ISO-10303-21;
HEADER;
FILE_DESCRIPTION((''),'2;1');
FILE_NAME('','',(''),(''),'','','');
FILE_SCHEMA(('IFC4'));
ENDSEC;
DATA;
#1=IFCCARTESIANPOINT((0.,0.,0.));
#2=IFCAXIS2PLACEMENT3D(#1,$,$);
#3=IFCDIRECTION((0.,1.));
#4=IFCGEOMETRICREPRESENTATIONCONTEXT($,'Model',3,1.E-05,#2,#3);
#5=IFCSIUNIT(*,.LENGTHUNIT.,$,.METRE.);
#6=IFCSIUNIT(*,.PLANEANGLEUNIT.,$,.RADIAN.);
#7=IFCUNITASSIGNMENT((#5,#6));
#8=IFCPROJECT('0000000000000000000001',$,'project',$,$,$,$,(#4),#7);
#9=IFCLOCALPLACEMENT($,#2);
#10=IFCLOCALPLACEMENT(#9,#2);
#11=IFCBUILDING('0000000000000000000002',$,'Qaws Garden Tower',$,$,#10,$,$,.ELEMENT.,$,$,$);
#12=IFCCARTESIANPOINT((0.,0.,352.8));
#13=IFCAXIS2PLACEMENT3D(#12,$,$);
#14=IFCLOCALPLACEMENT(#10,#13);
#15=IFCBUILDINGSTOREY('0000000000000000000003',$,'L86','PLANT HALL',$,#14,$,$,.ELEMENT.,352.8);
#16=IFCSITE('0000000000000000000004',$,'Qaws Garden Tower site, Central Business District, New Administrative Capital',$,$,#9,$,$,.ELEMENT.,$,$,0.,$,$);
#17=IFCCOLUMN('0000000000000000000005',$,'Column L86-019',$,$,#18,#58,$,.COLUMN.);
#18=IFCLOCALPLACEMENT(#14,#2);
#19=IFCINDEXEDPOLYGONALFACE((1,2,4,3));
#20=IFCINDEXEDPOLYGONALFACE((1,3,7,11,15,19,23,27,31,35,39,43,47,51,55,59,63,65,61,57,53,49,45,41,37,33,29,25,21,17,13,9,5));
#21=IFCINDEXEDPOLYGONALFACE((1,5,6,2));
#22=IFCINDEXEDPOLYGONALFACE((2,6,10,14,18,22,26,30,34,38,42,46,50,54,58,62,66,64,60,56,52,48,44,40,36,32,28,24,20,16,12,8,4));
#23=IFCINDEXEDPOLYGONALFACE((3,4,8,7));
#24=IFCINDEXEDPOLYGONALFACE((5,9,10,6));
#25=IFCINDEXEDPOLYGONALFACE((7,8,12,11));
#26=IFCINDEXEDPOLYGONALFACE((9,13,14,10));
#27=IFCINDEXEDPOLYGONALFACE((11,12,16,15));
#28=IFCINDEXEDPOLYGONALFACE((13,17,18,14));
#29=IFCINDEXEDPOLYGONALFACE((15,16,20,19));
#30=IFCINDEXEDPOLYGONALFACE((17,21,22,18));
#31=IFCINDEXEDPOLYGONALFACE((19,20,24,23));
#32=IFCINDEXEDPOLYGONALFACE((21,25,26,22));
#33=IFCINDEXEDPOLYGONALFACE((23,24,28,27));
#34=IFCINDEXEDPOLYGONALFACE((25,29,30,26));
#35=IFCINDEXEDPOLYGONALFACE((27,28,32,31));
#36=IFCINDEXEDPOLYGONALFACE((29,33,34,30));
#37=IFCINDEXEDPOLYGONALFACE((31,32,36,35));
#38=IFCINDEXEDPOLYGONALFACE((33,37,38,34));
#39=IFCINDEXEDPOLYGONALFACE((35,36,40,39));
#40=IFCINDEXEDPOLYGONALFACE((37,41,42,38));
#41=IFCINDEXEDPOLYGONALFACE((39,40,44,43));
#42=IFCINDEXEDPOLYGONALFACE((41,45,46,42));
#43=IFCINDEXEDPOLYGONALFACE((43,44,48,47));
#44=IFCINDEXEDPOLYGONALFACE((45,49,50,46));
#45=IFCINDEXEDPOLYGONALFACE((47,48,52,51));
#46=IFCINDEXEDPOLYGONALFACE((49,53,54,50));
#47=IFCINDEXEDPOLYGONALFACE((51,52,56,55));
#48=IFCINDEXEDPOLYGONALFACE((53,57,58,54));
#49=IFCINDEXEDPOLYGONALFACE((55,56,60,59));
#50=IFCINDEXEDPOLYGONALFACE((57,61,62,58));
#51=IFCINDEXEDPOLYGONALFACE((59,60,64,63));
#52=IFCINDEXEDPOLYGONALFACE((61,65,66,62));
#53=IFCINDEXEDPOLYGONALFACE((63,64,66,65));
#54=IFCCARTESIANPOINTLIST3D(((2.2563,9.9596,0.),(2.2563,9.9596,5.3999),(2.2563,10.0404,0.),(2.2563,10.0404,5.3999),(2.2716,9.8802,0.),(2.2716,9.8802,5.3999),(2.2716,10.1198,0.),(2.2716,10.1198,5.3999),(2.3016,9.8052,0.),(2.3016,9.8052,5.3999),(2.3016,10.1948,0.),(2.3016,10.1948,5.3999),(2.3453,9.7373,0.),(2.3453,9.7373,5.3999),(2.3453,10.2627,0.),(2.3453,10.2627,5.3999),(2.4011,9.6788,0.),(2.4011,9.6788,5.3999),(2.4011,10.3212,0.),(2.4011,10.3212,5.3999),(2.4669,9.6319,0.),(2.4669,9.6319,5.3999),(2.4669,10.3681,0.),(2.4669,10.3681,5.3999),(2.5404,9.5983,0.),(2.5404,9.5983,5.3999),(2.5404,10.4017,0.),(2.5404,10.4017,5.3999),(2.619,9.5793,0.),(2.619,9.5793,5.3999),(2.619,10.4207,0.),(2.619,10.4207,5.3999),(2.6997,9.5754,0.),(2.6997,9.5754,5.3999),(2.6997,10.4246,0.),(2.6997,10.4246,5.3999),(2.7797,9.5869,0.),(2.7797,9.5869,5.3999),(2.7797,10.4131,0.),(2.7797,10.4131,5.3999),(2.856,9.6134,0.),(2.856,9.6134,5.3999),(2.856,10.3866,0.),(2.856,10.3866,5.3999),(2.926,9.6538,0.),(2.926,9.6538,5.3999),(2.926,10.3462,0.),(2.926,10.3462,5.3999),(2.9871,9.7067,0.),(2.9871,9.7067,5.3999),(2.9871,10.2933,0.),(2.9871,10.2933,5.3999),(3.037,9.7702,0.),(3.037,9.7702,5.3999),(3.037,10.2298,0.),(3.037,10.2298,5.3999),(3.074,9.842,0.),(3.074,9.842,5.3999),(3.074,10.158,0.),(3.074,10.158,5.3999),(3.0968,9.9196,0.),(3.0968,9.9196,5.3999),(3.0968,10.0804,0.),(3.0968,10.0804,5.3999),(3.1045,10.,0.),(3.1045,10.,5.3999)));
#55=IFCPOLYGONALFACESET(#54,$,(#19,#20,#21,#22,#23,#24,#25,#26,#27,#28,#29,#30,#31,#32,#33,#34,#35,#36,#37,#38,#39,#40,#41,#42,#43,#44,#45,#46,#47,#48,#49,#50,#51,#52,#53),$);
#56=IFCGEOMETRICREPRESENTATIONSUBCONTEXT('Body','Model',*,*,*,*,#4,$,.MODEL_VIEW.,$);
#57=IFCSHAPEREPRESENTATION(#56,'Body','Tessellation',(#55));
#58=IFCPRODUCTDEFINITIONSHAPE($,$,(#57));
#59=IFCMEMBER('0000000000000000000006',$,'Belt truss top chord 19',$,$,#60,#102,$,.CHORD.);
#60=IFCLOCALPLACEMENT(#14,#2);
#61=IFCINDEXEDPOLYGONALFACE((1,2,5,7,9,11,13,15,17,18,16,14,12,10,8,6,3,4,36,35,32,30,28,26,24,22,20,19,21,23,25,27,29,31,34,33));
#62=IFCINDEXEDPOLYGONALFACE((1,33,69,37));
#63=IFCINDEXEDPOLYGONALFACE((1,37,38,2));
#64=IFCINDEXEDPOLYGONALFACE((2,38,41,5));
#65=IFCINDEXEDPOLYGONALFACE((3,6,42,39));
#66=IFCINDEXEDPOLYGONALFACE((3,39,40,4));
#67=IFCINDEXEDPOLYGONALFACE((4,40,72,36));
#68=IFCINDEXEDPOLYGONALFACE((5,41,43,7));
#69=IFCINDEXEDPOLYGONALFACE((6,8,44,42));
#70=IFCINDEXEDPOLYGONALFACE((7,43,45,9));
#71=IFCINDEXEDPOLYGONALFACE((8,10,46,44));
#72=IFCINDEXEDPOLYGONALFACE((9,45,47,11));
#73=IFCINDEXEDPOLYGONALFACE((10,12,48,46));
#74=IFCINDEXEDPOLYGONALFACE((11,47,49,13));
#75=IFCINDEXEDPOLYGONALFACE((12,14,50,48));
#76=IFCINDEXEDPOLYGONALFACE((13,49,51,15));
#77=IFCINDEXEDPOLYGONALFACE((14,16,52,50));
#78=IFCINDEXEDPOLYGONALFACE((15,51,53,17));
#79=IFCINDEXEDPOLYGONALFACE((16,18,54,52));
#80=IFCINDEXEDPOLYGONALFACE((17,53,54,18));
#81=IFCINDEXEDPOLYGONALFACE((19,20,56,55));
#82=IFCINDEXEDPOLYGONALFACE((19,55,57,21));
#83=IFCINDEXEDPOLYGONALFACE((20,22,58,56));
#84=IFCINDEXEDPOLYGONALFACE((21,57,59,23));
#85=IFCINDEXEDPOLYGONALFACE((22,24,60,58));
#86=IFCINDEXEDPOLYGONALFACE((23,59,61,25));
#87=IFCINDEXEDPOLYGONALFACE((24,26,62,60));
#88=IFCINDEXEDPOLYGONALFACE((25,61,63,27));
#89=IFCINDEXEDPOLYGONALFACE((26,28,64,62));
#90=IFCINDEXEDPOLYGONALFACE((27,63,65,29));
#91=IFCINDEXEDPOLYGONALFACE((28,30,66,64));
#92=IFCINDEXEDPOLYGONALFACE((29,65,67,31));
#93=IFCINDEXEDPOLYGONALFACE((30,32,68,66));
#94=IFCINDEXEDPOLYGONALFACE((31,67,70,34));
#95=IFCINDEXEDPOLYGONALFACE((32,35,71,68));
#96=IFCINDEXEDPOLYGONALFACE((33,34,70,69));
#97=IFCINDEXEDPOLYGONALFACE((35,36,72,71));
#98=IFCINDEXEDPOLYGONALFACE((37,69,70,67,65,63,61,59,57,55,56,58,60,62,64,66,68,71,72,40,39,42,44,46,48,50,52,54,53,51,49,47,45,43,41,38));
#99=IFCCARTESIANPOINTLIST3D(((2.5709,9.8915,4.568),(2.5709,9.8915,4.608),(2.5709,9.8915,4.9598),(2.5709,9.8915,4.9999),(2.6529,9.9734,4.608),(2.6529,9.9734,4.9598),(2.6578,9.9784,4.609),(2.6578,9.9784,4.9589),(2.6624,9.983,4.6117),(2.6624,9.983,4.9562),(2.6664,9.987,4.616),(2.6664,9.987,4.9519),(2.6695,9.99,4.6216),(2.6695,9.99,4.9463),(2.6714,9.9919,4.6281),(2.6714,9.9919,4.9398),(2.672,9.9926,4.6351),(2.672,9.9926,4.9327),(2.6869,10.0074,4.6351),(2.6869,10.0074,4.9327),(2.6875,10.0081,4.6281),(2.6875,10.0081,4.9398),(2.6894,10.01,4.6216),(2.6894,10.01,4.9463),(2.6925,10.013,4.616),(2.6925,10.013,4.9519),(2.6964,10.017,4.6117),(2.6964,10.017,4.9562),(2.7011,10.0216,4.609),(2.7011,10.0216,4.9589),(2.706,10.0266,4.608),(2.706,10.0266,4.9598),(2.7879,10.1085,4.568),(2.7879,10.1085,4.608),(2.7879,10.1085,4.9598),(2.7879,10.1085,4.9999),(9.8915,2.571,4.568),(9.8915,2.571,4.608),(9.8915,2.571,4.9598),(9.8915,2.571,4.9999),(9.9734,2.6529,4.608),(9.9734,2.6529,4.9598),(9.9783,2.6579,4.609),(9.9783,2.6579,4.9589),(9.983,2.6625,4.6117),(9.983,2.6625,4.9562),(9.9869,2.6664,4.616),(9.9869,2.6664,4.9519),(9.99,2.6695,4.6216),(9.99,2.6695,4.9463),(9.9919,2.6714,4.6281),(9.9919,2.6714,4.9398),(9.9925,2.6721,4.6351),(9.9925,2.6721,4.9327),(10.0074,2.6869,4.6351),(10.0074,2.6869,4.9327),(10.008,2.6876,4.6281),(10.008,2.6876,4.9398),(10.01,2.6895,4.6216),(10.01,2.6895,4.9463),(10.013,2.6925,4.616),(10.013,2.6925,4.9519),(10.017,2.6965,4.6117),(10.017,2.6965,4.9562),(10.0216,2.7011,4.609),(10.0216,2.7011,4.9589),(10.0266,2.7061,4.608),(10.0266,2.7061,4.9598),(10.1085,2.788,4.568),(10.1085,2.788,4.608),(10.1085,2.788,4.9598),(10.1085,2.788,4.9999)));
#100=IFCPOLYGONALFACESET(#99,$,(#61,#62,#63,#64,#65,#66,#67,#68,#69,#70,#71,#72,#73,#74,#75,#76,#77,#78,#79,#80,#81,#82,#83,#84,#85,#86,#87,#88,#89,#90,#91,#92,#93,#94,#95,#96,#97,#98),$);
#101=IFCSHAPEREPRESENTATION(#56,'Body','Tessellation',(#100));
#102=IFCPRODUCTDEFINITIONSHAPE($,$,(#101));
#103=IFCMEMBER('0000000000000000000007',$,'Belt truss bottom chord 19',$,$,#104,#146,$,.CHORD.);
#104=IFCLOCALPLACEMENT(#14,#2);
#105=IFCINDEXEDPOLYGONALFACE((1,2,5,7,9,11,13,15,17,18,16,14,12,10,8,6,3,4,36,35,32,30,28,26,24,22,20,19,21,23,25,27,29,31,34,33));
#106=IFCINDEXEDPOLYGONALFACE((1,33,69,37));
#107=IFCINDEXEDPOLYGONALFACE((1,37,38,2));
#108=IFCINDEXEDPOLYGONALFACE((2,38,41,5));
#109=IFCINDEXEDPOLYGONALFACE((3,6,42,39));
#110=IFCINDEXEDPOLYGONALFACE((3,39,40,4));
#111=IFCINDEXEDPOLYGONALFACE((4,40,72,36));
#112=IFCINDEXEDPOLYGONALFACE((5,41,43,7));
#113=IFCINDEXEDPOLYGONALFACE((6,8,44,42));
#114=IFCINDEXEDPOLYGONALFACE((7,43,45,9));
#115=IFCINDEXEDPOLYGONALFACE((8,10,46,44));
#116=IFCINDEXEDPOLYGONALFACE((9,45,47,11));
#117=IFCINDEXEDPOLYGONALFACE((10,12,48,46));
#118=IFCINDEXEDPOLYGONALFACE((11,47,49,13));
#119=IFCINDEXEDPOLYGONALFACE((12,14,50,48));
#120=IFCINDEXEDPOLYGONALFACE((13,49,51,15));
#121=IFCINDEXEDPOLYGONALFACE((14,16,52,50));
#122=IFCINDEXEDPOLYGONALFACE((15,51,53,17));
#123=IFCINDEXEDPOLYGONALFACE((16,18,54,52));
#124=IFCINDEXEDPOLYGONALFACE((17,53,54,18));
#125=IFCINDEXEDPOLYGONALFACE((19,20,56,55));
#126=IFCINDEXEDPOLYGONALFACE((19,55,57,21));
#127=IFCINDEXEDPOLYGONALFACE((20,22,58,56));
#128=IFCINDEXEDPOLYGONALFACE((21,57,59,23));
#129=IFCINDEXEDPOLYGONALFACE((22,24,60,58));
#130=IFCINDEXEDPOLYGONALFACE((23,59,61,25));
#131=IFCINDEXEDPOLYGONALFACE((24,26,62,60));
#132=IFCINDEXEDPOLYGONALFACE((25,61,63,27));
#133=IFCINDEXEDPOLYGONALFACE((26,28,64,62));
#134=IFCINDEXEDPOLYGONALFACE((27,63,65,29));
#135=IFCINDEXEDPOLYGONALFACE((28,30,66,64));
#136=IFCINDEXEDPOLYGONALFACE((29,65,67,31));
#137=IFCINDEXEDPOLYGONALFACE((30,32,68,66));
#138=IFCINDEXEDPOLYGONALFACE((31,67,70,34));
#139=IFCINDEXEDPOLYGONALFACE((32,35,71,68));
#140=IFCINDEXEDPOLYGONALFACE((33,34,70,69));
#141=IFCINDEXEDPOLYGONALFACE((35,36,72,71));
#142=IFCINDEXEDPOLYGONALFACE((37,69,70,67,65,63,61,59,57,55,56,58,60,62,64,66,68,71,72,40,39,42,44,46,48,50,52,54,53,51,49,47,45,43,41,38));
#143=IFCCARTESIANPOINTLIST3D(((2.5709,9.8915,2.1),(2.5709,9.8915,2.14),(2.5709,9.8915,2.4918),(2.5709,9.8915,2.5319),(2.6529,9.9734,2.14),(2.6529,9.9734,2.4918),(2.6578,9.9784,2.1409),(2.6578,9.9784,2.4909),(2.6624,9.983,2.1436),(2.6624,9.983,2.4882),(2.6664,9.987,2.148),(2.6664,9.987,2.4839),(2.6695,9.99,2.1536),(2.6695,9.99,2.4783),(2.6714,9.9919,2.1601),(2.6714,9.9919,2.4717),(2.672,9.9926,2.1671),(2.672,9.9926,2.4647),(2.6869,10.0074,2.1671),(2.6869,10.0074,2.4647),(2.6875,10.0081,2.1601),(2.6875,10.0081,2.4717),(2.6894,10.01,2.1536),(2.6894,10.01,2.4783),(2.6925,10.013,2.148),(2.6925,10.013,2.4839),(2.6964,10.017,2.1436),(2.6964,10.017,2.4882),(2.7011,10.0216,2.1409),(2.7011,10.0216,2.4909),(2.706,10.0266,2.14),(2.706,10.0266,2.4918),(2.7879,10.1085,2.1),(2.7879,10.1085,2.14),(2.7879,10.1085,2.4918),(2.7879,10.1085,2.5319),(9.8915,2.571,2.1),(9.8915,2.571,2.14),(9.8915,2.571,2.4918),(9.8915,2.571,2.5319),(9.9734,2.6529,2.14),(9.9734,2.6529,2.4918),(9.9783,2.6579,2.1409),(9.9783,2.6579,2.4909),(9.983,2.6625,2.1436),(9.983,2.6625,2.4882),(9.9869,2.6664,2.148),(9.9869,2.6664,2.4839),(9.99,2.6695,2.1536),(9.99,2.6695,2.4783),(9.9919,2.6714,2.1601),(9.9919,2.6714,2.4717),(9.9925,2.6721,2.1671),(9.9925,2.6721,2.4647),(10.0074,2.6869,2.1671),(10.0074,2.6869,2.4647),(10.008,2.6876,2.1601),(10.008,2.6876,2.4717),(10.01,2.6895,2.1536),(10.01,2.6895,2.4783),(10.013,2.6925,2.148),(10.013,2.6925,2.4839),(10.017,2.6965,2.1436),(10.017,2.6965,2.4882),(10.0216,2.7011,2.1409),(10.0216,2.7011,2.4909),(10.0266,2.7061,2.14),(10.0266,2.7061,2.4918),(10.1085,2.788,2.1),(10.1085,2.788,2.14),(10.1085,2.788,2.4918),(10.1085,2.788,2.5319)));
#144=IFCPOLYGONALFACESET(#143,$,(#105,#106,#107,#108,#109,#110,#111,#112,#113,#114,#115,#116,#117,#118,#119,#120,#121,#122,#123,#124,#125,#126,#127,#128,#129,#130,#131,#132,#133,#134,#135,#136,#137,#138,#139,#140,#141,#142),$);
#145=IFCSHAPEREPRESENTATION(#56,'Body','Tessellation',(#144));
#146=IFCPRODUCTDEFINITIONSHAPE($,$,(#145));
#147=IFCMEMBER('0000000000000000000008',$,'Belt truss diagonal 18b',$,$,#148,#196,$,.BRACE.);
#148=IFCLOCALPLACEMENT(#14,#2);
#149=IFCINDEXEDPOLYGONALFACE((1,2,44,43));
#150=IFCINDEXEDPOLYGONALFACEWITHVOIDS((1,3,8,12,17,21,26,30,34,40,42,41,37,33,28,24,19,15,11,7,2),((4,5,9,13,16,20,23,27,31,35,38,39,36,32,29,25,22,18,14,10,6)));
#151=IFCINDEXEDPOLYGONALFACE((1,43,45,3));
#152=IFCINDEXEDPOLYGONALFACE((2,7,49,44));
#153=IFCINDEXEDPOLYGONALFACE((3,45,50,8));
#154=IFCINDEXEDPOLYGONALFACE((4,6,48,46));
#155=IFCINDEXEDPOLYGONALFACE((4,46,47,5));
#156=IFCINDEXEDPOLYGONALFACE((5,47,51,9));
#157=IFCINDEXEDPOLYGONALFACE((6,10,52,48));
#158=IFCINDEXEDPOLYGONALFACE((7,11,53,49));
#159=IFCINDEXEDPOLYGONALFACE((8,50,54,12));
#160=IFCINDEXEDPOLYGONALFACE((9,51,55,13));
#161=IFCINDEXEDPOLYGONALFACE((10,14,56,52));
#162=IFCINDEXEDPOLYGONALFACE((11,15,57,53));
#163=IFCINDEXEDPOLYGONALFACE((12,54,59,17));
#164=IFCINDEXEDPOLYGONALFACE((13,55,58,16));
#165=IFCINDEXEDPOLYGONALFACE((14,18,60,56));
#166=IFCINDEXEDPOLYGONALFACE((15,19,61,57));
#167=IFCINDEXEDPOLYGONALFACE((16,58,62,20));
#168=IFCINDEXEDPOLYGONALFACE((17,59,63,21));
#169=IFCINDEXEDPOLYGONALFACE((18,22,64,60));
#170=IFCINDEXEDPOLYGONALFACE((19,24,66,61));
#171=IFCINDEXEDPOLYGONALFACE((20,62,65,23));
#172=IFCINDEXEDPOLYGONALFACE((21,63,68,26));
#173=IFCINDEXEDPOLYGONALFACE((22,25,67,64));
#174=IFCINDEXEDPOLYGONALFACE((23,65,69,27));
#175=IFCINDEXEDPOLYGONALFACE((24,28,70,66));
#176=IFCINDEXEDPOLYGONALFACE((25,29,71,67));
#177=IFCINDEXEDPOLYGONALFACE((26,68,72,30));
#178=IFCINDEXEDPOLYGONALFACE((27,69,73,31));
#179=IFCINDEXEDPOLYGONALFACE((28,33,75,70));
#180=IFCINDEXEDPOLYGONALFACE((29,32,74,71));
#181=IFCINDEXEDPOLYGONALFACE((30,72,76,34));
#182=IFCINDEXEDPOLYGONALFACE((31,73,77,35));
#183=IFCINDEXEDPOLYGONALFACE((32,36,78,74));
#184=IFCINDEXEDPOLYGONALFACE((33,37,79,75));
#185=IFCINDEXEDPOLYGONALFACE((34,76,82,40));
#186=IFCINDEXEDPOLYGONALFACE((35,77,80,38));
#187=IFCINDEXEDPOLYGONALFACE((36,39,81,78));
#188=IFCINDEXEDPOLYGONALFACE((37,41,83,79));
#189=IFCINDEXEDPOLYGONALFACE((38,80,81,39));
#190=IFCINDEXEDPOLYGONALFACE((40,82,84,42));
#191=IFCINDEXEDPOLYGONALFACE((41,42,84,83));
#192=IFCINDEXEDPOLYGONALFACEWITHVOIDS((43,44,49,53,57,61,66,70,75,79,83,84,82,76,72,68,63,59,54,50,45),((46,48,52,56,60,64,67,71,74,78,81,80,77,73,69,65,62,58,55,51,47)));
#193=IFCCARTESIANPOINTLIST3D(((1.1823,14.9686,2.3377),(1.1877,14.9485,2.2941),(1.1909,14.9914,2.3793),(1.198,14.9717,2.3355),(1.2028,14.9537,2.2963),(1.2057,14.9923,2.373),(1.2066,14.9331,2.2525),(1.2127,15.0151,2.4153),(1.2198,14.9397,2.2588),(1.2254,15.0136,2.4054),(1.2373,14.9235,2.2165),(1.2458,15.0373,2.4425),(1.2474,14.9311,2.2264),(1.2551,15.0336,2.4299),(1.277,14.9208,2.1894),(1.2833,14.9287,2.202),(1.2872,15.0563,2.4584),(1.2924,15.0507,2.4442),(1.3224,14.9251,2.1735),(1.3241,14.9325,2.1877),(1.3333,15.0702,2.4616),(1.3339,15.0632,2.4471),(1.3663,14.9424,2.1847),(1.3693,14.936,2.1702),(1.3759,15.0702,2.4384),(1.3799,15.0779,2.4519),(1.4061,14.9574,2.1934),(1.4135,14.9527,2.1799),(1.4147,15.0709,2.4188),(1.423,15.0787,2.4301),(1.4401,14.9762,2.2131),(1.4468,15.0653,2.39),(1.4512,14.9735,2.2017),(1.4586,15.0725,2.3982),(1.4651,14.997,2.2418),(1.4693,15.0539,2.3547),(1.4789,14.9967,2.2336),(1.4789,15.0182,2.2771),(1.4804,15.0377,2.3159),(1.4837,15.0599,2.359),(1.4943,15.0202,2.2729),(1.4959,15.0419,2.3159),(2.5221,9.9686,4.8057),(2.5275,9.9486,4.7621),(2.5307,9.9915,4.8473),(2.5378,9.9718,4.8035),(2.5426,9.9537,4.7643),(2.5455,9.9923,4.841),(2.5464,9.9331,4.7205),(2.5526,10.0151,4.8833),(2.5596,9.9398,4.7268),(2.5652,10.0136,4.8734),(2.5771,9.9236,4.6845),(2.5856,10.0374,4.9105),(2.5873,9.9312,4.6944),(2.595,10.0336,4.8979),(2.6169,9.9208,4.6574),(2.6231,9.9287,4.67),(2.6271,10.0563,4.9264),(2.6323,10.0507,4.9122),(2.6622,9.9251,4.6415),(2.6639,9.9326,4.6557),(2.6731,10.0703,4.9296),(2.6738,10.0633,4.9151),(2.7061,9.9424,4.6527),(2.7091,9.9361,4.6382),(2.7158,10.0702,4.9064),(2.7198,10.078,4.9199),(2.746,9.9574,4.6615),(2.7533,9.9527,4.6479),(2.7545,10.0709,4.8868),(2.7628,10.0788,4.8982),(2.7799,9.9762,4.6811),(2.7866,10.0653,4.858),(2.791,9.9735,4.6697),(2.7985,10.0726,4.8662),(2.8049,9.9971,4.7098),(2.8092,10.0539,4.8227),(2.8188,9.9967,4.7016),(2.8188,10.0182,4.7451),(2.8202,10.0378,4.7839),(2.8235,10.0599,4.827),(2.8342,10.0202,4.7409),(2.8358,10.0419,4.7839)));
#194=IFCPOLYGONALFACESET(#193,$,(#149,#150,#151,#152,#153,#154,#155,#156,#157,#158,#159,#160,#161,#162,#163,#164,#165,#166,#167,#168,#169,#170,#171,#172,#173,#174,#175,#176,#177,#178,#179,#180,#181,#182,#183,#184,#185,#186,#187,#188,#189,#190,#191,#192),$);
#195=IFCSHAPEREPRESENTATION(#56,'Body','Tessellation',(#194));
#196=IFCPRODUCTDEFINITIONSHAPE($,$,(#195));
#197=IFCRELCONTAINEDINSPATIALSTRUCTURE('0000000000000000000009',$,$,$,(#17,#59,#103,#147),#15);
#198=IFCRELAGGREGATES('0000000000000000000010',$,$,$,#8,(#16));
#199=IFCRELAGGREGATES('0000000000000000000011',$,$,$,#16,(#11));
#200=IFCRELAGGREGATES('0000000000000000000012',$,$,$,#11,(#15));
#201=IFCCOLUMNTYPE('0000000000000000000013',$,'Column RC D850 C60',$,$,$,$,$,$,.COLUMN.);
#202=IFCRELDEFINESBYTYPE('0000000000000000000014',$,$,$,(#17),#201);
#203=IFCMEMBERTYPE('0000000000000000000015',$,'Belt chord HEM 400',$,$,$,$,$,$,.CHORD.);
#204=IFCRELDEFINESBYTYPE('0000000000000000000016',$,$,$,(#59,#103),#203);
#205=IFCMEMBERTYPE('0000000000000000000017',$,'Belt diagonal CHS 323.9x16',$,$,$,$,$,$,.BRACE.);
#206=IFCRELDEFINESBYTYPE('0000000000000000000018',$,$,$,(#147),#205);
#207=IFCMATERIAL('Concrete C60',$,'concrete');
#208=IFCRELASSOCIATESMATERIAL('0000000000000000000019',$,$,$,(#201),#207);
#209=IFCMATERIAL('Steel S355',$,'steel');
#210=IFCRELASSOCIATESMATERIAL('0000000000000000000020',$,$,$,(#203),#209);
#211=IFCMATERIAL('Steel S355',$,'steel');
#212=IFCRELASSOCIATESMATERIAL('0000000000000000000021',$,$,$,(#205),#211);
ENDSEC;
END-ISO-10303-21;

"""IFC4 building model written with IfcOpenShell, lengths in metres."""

from ifc_helpers import new_model, si_unit, direction, frame, origin, origin_2d, place, context, subcontext, project, spatial, circle, hollow_circle, i_section, extrude, material, material_profile, profile_set, type_object, element, save


model = new_model("IFC4")

# Units and contexts
model_context = context("Model", 3, precision=1e-05, world=origin(), true_north=direction((0.0, 1.0)))
body_context = subcontext(model_context, "Body", "Model", "MODEL_VIEW")
ifc_project = project(units=[si_unit("LENGTHUNIT", "METRE"), si_unit("PLANEANGLEUNIT", "RADIAN")], contexts=[model_context])

# Site, building, storey
site_placement = place(None, origin())
site = spatial("IfcSite", under=ifc_project, at=site_placement, Name="Qaws Garden Tower site, Central Business District, New Administrative Capital", CompositionType="ELEMENT", RefElevation=0.0)
building_placement = place(site_placement, origin())
building = spatial("IfcBuilding", under=site, at=building_placement, Name="Qaws Garden Tower", CompositionType="ELEMENT")
storey_placement = place(building_placement, frame((0.0, 0.0, 352.8)))
storey = spatial("IfcBuildingStorey", under=building, at=storey_placement, Name="L86", Description="PLANT HALL", CompositionType="ELEMENT", Elevation=352.8)

# Column
ifc_material_1 = material(Name="Concrete C60", Category="concrete")
ifc_material_profile_1 = material_profile(ifc_material_1, circle(Radius=0.425, at=origin_2d()), Name="RC D850")
ifc_profile_set_1 = profile_set([ifc_material_profile_1], Name="Concrete C60")
column_type = type_object("IfcColumnType", Name="Column RC D850 C60", PredefinedType="COLUMN", material=ifc_profile_set_1)
column_placement = place(storey_placement, frame((2.6794, 10.0, 0.0), z_axis=(0.0, 0.0, 1.0), x_axis=(1.0, 0.0, 0.0)))
element("IfcColumn", 1, at=column_placement, inside=storey, type_object=column_type, Name="Column L86-019", PredefinedType="COLUMN", context=body_context, shape_type="SweptSolid", body=[
    extrude(circle(Radius=0.425, at=origin_2d()), origin(), (0.0, 0.0, 1.0), 5.3999),
])

# Members
ifc_material_2 = material(Name="Steel S355", Category="steel")
ifc_material_profile_2 = material_profile(ifc_material_2, i_section(OverallWidth=0.3069, OverallDepth=0.4319, WebThickness=0.021, FlangeThickness=0.04, FilletRadius=0.0271, at=origin_2d()), Name="HEM 400")
ifc_profile_set_2 = profile_set([ifc_material_profile_2], Name="Steel S355")
member_type_1 = type_object("IfcMemberType", Name="Belt chord HEM 400", PredefinedType="CHORD", material=ifc_profile_set_2)
for number, where, z_axis, x_axis, name in (
    (2, (2.6794, 10.0, 4.7839), (0.707107, -0.707107, 0.0), (0.707107, 0.707107, 0.0), "Belt truss top chord 19"),
    (3, (2.6794, 10.0, 2.3159), (0.707107, -0.707107, 0.0), (0.707107, 0.707107, 0.0), "Belt truss bottom chord 19"),
):
    element("IfcMember", number, at=place(storey_placement, frame(where, z_axis=z_axis, x_axis=x_axis)), inside=storey, type_object=member_type_1, Name=name, PredefinedType="CHORD", context=body_context, shape_type="SweptSolid", body=[
        extrude(i_section(OverallWidth=0.3069, OverallDepth=0.4319, WebThickness=0.021, FlangeThickness=0.04, FilletRadius=0.0271, at=origin_2d()), origin(), (0.0, 0.0, 1.0), 10.3528),
    ])
ifc_material_3 = material(Name="Steel S355", Category="steel")
ifc_material_profile_3 = material_profile(ifc_material_3, hollow_circle(Radius=0.1619, WallThickness=0.0161, at=origin_2d()), Name="CHS 323.9x16")
ifc_profile_set_3 = profile_set([ifc_material_profile_3], Name="Steel S355")
member_type_2 = type_object("IfcMemberType", Name="Belt diagonal CHS 323.9x16", PredefinedType="BRACE", material=ifc_profile_set_3)
for number, where, z_axis, x_axis, name in (
    (4, (1.3396, 15.0, 2.3159), (0.23364, -0.871892, 0.430369), (0.965921, 0.258837, 0.0), "Belt truss diagonal 18b"),
):
    element("IfcMember", number, at=place(storey_placement, frame(where, z_axis=z_axis, x_axis=x_axis)), inside=storey, type_object=member_type_2, Name=name, PredefinedType="BRACE", context=body_context, shape_type="SweptSolid", body=[
        extrude(hollow_circle(Radius=0.1619, WallThickness=0.0161, at=origin_2d()), origin(), (0.0, 0.0, 1.0), 5.7346),
    ])

save(model, "model.ifc")
